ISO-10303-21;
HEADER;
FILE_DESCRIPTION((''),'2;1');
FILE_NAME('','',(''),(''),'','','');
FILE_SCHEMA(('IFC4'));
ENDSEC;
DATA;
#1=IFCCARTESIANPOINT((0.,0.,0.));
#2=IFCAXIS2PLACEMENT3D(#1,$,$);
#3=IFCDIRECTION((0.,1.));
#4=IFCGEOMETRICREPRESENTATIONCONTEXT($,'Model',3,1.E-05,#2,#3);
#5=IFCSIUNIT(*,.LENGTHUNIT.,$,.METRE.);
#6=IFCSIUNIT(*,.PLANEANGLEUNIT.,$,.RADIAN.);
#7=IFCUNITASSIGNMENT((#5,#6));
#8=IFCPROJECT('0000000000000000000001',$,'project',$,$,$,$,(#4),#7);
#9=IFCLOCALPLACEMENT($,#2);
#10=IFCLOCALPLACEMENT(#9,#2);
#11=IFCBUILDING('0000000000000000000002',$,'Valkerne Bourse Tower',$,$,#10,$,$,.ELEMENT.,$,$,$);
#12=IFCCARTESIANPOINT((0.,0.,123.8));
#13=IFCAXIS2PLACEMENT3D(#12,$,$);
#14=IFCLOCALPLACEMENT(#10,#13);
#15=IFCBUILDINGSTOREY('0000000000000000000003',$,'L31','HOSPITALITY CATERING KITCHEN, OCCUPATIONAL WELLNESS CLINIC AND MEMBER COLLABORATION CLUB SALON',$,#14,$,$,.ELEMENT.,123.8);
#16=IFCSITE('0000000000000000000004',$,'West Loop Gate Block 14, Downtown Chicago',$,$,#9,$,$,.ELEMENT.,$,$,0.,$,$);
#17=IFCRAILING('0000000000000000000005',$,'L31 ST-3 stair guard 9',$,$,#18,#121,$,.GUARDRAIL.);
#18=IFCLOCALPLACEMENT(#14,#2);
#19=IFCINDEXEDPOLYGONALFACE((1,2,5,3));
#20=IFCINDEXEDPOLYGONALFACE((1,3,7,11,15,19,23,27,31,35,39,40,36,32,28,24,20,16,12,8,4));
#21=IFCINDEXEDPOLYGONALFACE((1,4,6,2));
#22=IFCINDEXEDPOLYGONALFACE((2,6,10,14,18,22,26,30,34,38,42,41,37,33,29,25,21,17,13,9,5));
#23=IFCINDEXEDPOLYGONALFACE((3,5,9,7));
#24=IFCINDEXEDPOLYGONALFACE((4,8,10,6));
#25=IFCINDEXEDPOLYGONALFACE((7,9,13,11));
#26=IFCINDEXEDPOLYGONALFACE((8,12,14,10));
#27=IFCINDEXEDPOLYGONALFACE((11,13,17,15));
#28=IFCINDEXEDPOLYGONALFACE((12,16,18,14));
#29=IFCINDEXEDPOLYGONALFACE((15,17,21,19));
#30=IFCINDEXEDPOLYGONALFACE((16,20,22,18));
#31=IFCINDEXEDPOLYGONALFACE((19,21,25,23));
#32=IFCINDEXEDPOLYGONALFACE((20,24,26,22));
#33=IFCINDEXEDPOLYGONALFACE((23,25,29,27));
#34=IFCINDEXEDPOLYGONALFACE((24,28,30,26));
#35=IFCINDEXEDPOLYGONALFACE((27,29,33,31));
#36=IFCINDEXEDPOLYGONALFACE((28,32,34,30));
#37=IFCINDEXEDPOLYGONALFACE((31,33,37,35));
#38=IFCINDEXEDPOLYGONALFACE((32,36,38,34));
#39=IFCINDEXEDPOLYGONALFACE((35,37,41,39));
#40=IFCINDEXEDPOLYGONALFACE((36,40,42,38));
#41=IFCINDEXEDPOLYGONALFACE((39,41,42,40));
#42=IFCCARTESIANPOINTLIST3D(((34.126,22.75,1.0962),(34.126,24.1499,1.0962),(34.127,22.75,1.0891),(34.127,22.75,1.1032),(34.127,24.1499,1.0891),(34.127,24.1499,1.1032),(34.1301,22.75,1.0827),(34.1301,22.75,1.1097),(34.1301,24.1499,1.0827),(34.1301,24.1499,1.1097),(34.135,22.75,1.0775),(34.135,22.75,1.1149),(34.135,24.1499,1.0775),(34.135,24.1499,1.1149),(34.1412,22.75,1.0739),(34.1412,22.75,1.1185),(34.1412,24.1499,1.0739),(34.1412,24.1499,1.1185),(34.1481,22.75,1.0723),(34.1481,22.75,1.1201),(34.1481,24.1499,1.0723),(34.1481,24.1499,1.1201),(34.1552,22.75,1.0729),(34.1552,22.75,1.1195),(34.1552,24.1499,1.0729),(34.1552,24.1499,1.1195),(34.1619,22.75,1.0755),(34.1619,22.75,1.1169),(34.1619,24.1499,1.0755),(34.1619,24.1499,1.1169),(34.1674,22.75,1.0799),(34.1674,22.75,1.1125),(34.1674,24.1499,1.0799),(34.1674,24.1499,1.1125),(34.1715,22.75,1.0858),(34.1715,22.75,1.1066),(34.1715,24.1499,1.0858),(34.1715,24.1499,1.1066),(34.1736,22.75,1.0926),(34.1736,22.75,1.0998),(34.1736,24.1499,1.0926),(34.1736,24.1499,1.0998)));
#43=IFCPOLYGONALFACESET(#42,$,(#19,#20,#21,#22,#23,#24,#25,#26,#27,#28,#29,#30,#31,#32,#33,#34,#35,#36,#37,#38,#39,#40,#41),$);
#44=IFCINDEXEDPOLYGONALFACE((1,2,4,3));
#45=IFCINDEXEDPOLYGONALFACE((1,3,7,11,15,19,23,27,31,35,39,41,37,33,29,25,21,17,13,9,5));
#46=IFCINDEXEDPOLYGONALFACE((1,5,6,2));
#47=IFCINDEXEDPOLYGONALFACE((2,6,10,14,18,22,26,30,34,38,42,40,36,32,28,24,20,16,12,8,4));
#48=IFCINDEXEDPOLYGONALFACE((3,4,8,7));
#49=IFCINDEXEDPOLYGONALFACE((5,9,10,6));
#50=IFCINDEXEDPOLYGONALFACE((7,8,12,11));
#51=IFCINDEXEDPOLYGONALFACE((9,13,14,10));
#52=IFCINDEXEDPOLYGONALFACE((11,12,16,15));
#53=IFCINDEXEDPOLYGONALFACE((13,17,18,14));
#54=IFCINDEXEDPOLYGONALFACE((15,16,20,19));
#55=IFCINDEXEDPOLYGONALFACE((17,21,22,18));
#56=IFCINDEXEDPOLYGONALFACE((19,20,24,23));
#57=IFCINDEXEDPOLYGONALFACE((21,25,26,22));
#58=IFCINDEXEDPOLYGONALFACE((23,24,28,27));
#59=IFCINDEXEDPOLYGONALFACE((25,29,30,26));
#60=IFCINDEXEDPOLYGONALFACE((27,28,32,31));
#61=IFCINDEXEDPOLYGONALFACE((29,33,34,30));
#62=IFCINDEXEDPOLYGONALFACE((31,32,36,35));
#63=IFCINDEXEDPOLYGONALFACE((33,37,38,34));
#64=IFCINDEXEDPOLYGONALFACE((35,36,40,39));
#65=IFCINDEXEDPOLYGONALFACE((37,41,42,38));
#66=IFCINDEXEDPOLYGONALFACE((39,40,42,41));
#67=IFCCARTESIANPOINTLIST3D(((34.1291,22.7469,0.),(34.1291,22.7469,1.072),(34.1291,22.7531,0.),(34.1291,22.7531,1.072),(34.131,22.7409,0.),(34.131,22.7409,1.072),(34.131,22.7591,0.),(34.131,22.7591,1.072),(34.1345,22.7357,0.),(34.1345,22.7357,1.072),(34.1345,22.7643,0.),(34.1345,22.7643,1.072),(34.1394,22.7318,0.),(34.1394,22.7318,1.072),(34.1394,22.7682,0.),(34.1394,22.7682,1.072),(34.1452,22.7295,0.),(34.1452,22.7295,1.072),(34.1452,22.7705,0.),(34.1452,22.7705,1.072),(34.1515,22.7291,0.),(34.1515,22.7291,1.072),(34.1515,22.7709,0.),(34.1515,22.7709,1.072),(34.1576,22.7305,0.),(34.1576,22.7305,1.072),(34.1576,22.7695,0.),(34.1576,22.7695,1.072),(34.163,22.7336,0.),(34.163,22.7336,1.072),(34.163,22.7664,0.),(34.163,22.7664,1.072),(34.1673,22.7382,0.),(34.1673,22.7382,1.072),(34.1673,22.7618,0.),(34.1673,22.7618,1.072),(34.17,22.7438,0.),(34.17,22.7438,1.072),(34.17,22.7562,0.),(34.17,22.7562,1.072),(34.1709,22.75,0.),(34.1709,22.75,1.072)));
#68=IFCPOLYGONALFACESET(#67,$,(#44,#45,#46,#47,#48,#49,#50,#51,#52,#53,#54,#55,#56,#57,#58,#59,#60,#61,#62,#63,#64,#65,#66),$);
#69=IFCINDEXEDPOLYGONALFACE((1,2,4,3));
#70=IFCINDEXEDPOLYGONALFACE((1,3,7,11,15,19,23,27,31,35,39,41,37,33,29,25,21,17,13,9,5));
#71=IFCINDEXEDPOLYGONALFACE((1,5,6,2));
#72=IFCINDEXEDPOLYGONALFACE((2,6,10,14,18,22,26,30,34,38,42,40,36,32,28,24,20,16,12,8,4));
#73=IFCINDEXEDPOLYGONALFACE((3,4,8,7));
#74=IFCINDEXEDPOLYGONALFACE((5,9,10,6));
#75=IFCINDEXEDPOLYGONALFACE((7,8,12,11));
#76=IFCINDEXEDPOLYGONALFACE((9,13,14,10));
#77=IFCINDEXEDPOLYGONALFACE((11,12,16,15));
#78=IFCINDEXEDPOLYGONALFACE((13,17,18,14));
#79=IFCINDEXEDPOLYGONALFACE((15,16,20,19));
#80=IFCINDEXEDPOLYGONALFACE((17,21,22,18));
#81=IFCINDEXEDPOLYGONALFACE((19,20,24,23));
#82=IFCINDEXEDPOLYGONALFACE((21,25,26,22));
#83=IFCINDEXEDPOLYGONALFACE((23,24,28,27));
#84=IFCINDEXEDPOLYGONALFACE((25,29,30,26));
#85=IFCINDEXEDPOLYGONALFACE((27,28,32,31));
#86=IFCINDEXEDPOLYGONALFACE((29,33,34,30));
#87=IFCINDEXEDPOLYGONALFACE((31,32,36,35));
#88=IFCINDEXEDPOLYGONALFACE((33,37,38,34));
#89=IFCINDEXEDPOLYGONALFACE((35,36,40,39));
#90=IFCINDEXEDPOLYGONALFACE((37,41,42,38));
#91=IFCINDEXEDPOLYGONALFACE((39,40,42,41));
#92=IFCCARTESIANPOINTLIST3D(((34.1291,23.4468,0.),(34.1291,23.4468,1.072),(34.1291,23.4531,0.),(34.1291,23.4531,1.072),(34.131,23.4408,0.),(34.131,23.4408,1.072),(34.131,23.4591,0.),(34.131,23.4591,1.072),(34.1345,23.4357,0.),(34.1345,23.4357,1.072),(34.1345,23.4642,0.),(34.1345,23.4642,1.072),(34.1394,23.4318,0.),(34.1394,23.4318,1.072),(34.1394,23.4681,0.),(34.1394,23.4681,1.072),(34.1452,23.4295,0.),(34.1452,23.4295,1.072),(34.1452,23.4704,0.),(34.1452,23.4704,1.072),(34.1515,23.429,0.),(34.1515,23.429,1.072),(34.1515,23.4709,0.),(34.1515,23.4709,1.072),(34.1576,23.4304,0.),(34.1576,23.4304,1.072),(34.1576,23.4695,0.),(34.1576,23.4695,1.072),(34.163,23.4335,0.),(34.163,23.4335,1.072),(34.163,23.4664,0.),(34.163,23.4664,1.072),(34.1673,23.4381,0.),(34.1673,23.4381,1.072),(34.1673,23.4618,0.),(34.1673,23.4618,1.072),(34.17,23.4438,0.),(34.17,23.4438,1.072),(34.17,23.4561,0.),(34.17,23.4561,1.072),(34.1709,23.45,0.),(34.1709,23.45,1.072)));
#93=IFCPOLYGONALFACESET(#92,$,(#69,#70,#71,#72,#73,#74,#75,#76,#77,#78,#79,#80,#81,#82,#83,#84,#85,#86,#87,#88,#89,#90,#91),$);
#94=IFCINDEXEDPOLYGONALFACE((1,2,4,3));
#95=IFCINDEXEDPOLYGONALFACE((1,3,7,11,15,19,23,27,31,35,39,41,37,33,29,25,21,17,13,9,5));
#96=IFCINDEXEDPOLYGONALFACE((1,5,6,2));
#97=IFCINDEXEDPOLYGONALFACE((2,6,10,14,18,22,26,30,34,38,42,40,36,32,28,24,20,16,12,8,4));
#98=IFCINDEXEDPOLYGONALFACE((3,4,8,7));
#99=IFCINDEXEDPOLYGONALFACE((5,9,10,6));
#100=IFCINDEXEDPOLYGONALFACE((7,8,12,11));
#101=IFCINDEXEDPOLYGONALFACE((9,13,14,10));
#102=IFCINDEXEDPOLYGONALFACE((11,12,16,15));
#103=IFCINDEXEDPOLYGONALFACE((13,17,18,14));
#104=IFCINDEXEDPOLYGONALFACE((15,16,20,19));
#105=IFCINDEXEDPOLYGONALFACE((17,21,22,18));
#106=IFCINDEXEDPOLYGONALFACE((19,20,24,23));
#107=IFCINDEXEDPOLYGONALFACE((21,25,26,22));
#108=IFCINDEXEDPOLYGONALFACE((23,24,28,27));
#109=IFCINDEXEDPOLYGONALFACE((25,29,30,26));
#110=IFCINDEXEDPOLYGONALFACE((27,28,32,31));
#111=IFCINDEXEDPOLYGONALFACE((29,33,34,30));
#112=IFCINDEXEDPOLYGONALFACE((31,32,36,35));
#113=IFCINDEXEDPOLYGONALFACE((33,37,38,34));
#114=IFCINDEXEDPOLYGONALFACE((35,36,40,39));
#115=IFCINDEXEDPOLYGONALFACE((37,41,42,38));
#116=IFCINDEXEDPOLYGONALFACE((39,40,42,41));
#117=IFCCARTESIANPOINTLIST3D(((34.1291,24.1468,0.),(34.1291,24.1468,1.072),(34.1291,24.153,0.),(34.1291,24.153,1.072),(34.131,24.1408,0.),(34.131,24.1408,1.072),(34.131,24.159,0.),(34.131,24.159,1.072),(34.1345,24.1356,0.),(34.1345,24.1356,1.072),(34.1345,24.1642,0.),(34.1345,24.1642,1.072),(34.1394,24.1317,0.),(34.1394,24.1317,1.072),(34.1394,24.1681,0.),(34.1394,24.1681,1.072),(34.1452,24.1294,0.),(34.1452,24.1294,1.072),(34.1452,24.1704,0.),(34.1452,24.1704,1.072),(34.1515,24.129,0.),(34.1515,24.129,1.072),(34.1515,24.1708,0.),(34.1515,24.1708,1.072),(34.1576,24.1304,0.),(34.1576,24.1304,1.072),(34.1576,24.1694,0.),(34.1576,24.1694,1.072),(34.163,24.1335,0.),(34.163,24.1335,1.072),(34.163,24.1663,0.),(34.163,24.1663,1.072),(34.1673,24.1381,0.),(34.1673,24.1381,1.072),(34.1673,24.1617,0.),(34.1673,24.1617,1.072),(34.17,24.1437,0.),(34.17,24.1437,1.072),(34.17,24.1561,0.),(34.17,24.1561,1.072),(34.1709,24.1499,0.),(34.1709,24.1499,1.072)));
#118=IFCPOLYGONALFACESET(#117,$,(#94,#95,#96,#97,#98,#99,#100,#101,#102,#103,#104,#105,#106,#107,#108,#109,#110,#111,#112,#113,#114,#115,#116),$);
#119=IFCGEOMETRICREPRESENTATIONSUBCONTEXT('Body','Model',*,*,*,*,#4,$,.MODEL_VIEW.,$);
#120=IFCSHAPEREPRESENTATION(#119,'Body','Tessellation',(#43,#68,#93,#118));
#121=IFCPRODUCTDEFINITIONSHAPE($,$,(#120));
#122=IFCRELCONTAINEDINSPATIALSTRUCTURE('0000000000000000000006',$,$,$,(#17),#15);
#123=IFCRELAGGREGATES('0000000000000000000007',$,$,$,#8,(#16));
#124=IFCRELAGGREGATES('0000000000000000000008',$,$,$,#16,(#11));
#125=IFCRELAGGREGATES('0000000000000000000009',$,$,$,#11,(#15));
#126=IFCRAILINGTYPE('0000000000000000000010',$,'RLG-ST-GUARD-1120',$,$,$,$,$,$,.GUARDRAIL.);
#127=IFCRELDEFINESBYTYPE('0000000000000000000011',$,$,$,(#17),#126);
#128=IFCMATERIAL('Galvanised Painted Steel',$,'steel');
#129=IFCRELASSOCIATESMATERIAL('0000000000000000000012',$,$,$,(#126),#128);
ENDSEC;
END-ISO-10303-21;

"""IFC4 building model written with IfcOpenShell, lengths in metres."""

from ifc_helpers import new_model, si_unit, direction, frame, origin, origin_2d, place, context, subcontext, project, spatial, circle, extrude, material, type_object, element, save


model = new_model("IFC4")

# Units and contexts
model_context = context("Model", 3, precision=1e-05, world=origin(), true_north=direction((0.0, 1.0)))
body_context = subcontext(model_context, "Body", "Model", "MODEL_VIEW")
ifc_project = project(units=[si_unit("LENGTHUNIT", "METRE"), si_unit("PLANEANGLEUNIT", "RADIAN")], contexts=[model_context])

# Site, building, storey
site_placement = place(None, origin())
site = spatial("IfcSite", under=ifc_project, at=site_placement, Name="West Loop Gate Block 14, Downtown Chicago", CompositionType="ELEMENT", RefElevation=0.0)
building_placement = place(site_placement, origin())
building = spatial("IfcBuilding", under=site, at=building_placement, Name="Valkerne Bourse Tower", CompositionType="ELEMENT")
storey_placement = place(building_placement, frame((0.0, 0.0, 123.8)))
storey = spatial("IfcBuildingStorey", under=building, at=storey_placement, Name="L31", Description="HOSPITALITY CATERING KITCHEN, OCCUPATIONAL WELLNESS CLINIC AND MEMBER COLLABORATION CLUB SALON", CompositionType="ELEMENT", Elevation=123.8)

# Shared definitions
ifc_material_1 = material(Name="Galvanised Painted Steel", Category="steel")

# Railing
railing_type_1 = type_object("IfcRailingType", Name="RLG-ST-GUARD-1120", PredefinedType="GUARDRAIL", material=ifc_material_1)
for number, where, name in (
    (1, (34.1499, 22.75, 0.0), "L31 ST-3 stair guard 9"),
):
    element("IfcRailing", number, at=place(storey_placement, frame(where)), inside=storey, type_object=railing_type_1, Name=name, PredefinedType="GUARDRAIL", context=body_context, shape_type="SweptSolid", body=[
        extrude(circle(Radius=0.0239, at=origin_2d()), frame((0.0, 0.0, 1.0962), z_axis=(0.0, 1.0, 0.0), x_axis=(-1.0, 0.0, 0.0)), (0.0, 0.0, 1.0), 1.3999),
        extrude(circle(Radius=0.021, at=origin_2d()), origin(), (0.0, 0.0, 1.0), 1.072),
        extrude(circle(Radius=0.021, at=origin_2d()), frame((0.0, 0.7, 0.0)), (0.0, 0.0, 1.0), 1.072),
        extrude(circle(Radius=0.021, at=origin_2d()), frame((0.0, 1.3999, 0.0)), (0.0, 0.0, 1.0), 1.072),
    ])

save(model, "model.ifc")
